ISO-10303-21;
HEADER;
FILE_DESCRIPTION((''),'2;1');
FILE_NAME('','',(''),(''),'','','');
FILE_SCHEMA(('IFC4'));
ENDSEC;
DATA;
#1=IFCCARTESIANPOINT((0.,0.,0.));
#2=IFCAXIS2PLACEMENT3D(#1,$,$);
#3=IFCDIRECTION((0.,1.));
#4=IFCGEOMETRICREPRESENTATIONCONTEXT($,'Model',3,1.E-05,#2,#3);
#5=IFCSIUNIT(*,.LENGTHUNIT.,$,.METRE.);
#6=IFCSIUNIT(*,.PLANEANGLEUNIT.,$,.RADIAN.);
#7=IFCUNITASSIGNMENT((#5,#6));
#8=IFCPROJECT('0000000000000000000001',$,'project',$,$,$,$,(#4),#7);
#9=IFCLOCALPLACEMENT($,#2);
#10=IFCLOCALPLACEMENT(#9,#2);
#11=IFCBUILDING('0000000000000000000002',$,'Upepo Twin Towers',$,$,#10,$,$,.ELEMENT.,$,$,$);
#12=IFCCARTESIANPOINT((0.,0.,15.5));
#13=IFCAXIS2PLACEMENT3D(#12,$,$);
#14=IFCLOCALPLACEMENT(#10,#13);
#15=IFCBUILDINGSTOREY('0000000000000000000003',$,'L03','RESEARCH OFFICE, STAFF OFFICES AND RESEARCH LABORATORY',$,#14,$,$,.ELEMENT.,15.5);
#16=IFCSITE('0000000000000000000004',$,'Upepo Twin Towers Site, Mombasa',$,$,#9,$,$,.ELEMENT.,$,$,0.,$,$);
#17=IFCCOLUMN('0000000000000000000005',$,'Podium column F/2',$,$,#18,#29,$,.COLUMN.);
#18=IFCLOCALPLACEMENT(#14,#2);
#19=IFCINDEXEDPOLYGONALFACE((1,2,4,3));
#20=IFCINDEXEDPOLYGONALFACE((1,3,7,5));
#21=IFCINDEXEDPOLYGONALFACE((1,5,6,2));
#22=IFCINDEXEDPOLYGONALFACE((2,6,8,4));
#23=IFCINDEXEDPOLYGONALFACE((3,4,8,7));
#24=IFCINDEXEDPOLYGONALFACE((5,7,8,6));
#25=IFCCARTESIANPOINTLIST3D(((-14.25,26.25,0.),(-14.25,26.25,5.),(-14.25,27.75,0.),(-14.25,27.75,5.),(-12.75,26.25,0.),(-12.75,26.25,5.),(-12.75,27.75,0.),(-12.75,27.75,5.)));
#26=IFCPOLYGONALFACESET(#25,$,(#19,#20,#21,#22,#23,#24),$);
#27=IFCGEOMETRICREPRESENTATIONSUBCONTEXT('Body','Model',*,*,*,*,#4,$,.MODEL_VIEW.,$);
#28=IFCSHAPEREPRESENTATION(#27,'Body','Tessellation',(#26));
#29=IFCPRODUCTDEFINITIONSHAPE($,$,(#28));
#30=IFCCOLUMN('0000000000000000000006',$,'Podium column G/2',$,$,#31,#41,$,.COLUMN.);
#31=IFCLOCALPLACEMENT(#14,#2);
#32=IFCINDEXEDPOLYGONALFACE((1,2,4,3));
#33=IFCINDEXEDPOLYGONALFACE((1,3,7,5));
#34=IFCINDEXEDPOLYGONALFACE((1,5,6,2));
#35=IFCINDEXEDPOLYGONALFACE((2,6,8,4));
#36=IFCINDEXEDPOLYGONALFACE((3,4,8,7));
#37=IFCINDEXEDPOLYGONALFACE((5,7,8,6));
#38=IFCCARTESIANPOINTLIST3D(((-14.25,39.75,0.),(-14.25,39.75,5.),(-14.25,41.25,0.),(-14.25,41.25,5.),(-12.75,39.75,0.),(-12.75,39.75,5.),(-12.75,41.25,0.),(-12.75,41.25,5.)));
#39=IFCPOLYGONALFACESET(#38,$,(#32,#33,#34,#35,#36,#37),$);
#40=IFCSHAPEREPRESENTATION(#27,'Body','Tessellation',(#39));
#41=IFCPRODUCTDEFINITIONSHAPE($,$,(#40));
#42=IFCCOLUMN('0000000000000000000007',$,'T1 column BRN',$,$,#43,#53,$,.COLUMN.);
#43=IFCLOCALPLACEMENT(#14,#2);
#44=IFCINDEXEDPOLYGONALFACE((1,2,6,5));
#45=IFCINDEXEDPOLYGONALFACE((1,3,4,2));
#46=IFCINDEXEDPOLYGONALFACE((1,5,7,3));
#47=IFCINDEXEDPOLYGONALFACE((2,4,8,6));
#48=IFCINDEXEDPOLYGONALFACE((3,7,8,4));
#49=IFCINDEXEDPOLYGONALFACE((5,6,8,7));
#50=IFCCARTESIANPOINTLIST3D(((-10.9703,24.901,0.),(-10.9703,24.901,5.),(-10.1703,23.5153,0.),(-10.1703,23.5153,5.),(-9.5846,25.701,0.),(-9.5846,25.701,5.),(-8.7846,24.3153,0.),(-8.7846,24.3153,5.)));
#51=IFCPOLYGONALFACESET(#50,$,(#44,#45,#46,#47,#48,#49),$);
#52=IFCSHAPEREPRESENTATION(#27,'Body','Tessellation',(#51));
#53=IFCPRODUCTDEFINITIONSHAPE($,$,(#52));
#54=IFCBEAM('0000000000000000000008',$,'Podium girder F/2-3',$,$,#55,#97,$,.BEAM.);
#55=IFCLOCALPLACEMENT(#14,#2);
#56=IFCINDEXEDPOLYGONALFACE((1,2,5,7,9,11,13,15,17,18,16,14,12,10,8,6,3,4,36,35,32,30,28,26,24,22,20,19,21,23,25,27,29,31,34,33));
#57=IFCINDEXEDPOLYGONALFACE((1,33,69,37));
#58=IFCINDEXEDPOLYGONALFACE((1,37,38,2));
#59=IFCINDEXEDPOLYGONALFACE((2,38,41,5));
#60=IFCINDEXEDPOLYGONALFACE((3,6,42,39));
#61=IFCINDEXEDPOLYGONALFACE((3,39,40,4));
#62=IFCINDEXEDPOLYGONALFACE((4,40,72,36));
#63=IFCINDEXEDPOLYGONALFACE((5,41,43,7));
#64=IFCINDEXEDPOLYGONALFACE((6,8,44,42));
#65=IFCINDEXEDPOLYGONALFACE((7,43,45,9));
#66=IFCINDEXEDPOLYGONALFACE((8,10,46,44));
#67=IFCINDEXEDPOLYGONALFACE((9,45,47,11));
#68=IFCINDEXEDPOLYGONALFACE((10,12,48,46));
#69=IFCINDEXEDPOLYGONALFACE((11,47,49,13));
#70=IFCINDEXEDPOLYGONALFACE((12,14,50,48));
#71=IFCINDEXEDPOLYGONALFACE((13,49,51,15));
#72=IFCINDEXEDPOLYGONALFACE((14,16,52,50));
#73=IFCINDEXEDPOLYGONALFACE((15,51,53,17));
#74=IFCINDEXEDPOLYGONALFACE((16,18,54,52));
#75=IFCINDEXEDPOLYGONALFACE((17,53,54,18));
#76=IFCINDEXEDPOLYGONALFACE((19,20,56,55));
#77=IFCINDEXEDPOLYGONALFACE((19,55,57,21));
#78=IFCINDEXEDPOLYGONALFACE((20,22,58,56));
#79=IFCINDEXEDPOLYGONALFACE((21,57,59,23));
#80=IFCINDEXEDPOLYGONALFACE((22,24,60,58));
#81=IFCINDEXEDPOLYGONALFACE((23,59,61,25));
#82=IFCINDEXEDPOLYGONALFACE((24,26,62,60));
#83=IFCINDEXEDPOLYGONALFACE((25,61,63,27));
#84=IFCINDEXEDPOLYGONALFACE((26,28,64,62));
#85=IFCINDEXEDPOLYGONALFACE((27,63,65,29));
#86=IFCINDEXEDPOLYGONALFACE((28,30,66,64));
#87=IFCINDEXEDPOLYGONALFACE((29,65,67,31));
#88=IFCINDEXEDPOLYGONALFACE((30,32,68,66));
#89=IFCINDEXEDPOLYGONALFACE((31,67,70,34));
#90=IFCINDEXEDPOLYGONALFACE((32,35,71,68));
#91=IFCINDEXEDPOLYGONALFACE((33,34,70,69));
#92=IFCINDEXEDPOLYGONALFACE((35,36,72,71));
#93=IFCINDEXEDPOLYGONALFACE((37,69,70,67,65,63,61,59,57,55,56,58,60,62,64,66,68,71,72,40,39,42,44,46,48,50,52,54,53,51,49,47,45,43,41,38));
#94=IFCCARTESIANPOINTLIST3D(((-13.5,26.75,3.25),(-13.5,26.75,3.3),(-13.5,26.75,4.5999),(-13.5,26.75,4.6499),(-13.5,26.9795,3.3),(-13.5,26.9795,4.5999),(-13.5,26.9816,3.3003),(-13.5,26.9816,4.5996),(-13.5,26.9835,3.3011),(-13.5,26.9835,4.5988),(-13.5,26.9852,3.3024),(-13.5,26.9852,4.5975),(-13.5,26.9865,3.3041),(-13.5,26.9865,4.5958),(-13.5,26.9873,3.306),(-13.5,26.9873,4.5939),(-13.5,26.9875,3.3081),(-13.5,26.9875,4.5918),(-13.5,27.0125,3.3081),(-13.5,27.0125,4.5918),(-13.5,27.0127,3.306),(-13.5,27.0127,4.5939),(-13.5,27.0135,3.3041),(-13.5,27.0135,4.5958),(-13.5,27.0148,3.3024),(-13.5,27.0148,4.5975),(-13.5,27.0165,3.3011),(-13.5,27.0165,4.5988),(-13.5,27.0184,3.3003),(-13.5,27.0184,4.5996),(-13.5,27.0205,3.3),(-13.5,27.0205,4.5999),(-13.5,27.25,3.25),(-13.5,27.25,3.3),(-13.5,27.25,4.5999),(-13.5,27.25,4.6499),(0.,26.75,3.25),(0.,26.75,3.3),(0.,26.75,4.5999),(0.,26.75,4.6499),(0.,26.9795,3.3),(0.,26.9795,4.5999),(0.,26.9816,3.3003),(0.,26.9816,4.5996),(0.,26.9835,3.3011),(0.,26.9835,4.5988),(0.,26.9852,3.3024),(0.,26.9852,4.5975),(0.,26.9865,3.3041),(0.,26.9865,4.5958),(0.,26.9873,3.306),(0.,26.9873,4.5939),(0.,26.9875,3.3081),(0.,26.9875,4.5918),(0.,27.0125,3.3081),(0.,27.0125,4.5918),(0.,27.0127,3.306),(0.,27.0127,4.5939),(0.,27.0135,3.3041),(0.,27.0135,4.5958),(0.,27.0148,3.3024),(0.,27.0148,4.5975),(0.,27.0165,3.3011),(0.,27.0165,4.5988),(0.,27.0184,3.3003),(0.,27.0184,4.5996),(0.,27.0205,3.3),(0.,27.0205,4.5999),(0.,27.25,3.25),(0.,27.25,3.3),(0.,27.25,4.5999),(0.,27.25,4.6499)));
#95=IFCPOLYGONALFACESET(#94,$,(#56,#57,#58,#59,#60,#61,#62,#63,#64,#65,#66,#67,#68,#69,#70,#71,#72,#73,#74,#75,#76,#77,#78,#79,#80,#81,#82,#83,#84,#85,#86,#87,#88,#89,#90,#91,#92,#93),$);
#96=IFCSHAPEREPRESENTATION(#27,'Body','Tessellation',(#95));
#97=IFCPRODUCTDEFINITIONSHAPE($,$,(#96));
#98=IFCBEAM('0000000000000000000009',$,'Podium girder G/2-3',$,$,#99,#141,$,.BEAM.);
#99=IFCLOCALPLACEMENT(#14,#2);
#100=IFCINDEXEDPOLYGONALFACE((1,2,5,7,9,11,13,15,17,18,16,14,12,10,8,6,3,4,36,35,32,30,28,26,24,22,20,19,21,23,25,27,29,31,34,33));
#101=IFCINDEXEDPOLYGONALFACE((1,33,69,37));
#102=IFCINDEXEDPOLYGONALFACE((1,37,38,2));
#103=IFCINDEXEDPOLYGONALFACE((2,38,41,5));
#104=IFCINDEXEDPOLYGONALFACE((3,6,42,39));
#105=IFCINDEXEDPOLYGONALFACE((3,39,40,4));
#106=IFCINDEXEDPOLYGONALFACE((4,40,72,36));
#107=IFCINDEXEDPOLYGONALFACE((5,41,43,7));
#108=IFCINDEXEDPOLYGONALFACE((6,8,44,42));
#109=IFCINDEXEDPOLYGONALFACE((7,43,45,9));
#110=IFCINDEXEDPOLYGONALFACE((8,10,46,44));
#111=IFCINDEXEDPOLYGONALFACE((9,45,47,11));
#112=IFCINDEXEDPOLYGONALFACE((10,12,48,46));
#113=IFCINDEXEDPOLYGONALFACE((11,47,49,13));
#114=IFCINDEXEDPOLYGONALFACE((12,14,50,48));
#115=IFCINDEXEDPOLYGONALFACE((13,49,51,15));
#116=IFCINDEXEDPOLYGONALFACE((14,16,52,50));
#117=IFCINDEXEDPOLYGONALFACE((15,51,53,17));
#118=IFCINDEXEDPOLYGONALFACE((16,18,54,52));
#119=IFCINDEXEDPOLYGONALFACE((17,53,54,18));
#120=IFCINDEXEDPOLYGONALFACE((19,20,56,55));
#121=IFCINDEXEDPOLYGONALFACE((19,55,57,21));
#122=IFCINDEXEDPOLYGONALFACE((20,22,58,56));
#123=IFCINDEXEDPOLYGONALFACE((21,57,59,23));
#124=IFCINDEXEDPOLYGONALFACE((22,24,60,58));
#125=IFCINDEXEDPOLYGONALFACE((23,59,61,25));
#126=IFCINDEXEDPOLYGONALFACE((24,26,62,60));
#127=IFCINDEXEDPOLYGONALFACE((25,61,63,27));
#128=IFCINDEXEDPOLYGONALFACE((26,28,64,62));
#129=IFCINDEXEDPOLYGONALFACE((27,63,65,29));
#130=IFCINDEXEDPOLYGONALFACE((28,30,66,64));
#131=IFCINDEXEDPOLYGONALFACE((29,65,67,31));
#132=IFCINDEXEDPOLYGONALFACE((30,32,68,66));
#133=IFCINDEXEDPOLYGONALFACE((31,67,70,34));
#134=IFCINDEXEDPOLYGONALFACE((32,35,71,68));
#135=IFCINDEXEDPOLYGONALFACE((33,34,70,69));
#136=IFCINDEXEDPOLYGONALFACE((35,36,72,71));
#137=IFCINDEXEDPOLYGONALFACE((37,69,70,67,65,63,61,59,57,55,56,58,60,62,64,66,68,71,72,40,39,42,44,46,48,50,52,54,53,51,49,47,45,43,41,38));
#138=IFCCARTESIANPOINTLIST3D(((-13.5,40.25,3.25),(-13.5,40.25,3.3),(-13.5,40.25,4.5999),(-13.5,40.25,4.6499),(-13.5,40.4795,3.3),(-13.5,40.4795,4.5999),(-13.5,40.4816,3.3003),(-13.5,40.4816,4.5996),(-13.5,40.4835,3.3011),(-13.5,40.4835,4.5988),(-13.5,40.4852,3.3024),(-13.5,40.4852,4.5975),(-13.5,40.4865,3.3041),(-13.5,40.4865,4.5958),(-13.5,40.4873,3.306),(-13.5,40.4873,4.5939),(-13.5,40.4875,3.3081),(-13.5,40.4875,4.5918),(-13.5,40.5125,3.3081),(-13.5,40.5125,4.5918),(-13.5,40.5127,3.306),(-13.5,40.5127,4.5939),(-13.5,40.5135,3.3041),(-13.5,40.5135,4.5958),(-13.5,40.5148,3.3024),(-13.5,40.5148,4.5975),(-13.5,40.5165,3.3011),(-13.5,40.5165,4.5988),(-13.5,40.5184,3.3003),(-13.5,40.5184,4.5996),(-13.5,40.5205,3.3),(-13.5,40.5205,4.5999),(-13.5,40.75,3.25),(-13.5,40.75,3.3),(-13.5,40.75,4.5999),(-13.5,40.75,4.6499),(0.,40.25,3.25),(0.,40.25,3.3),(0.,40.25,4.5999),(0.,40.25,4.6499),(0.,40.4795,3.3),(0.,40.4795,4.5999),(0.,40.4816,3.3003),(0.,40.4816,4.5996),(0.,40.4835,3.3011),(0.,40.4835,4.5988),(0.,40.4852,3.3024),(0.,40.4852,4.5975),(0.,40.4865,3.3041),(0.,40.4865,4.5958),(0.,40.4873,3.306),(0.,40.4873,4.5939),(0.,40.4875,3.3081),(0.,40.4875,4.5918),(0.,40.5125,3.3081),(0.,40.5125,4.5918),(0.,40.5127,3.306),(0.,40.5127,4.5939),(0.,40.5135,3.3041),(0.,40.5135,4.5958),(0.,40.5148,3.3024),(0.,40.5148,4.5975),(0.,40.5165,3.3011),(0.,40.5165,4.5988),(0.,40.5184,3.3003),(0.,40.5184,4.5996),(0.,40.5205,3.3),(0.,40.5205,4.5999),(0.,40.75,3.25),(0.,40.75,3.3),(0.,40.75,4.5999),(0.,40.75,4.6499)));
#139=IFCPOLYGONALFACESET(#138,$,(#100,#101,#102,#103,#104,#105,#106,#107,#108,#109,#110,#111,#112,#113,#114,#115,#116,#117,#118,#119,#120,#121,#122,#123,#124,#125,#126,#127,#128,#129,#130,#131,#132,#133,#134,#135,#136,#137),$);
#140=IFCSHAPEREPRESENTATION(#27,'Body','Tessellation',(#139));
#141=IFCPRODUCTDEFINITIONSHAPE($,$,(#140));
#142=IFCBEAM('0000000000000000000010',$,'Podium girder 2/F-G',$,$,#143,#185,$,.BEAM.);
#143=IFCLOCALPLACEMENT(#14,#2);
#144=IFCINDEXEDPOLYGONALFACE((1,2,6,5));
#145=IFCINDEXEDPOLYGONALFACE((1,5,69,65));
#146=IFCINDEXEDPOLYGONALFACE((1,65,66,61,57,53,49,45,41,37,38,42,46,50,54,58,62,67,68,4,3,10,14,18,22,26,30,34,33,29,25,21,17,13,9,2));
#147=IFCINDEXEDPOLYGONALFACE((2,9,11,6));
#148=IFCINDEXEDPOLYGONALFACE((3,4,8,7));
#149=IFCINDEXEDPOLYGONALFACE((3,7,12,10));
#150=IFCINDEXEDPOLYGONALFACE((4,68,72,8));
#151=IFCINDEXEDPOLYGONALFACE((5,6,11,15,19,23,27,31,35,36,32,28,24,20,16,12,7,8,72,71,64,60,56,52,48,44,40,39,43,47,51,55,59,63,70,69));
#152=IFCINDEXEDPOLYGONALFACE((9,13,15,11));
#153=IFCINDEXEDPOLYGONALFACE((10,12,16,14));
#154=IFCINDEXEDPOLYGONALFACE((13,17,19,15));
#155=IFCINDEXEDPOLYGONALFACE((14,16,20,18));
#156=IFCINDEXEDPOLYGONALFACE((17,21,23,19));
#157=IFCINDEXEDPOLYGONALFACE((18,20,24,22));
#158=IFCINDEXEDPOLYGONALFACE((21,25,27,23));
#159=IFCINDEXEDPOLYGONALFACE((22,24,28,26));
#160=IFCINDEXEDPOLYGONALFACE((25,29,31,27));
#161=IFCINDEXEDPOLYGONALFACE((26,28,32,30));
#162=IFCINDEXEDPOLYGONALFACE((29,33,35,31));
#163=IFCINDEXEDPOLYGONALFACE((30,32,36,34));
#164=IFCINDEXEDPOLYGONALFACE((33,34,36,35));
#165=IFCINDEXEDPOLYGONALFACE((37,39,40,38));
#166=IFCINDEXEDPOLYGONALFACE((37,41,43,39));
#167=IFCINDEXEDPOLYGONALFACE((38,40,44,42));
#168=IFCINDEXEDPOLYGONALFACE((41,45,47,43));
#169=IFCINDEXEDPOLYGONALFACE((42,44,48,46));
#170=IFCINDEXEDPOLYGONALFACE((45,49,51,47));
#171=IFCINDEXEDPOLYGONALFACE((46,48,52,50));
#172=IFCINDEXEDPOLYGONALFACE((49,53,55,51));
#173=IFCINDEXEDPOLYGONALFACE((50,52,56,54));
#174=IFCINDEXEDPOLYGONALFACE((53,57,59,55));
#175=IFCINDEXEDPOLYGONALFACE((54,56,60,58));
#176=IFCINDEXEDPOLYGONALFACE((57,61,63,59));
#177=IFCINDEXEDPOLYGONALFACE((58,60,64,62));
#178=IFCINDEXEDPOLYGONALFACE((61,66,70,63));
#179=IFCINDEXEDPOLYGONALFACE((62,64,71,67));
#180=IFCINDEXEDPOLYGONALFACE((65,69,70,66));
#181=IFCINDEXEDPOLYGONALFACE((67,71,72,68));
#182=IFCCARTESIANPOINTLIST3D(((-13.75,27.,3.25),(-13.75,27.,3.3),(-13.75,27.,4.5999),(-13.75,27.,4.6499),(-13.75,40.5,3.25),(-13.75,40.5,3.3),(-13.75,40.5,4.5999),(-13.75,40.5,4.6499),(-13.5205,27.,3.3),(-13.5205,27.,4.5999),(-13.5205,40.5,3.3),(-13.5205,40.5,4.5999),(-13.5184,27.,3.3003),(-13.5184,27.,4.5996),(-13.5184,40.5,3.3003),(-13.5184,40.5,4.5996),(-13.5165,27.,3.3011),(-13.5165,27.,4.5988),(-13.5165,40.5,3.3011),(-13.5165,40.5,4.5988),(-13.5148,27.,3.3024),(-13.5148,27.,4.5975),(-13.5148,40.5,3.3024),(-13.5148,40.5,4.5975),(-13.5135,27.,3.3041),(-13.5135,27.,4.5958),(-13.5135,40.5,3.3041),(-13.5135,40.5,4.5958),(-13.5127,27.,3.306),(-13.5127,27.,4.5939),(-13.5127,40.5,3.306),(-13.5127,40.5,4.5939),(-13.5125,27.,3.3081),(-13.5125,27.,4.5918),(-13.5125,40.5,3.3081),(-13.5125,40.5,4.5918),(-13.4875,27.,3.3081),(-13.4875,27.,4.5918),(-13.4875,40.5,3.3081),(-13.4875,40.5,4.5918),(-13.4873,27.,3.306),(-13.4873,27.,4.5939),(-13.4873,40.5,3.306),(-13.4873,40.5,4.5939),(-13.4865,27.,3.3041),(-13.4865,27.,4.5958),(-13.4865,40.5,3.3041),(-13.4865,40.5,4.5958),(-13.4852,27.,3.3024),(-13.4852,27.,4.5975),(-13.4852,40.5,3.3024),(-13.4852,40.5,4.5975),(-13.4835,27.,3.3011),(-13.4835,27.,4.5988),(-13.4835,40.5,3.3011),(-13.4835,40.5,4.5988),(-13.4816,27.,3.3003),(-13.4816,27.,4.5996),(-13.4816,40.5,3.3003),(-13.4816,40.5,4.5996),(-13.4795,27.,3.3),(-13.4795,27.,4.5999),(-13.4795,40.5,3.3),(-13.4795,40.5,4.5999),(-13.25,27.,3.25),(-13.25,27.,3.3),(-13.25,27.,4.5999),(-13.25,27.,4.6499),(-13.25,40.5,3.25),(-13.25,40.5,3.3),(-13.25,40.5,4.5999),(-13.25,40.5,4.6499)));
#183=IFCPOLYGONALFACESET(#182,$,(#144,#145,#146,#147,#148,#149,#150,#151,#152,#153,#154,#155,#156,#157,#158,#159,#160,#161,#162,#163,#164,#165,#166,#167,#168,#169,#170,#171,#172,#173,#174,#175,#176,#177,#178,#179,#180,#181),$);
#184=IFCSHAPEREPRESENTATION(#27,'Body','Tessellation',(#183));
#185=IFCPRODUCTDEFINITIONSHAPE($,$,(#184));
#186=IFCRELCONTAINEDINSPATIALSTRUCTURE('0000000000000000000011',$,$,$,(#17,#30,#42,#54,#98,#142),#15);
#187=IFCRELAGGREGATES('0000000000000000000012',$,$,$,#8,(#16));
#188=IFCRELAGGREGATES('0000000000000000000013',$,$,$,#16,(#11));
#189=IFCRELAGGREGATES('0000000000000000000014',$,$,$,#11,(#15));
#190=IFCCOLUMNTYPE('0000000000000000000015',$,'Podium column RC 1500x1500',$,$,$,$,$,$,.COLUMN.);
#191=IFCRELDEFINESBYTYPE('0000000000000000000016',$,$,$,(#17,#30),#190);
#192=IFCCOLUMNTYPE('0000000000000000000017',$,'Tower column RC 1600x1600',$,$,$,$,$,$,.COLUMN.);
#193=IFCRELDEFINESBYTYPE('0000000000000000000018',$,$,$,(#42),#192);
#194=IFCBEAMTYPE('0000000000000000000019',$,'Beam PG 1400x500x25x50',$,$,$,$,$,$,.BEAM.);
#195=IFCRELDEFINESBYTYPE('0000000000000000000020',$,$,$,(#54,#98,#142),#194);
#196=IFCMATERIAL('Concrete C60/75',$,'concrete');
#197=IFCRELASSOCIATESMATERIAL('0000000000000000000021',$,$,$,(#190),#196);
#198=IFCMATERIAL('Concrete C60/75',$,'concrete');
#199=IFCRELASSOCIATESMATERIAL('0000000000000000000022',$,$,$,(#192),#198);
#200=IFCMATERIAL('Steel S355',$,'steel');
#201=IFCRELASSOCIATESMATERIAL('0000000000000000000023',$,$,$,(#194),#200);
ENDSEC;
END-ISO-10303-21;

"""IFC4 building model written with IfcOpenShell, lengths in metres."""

from ifc_helpers import new_model, si_unit, direction, frame, origin, origin_2d, place, context, subcontext, project, spatial, rectangle, i_section, extrude, material, material_profile, profile_set, type_object, element, save


model = new_model("IFC4")

# Units and contexts
model_context = context("Model", 3, precision=1e-05, world=origin(), true_north=direction((0.0, 1.0)))
body_context = subcontext(model_context, "Body", "Model", "MODEL_VIEW")
ifc_project = project(units=[si_unit("LENGTHUNIT", "METRE"), si_unit("PLANEANGLEUNIT", "RADIAN")], contexts=[model_context])

# Site, building, storey
site_placement = place(None, origin())
site = spatial("IfcSite", under=ifc_project, at=site_placement, Name="Upepo Twin Towers Site, Mombasa", CompositionType="ELEMENT", RefElevation=0.0)
building_placement = place(site_placement, origin())
building = spatial("IfcBuilding", under=site, at=building_placement, Name="Upepo Twin Towers", CompositionType="ELEMENT")
storey_placement = place(building_placement, frame((0.0, 0.0, 15.5)))
storey = spatial("IfcBuildingStorey", under=building, at=storey_placement, Name="L03", Description="RESEARCH OFFICE, STAFF OFFICES AND RESEARCH LABORATORY", CompositionType="ELEMENT", Elevation=15.5)

# Columns
ifc_material_1 = material(Name="Concrete C60/75", Category="concrete")
ifc_material_profile_1 = material_profile(ifc_material_1, rectangle(XDim=1.5, YDim=1.5, at=origin_2d()), Name="RC 1500x1500")
ifc_profile_set_1 = profile_set([ifc_material_profile_1], Name="Concrete C60/75")
column_type_1 = type_object("IfcColumnType", Name="Podium column RC 1500x1500", PredefinedType="COLUMN", material=ifc_profile_set_1)
for number, where, z_axis, x_axis, name in (
    (1, (-13.5, 27.0, 0.0), (0.0, 0.0, 1.0), (1.0, 0.0, 0.0), "Podium column F/2"),
    (2, (-13.5, 40.5, 0.0), (0.0, 0.0, 1.0), (1.0, 0.0, 0.0), "Podium column G/2"),
):
    element("IfcColumn", number, at=place(storey_placement, frame(where, z_axis=z_axis, x_axis=x_axis)), inside=storey, type_object=column_type_1, Name=name, PredefinedType="COLUMN", context=body_context, shape_type="SweptSolid", body=[
        extrude(rectangle(XDim=1.5, YDim=1.5, at=origin_2d()), origin(), (0.0, 0.0, 1.0), 5.0),
    ])
ifc_material_2 = material(Name="Concrete C60/75", Category="concrete")
ifc_material_profile_2 = material_profile(ifc_material_2, rectangle(XDim=1.6001, YDim=1.6001, at=origin_2d()), Name="RC 1600x1600")
ifc_profile_set_2 = profile_set([ifc_material_profile_2], Name="Concrete C60/75")
column_type_2 = type_object("IfcColumnType", Name="Tower column RC 1600x1600", PredefinedType="COLUMN", material=ifc_profile_set_2)
column_placement = place(storey_placement, frame((-9.8774, 24.6082, 0.0), z_axis=(0.0, 0.0, 1.0), x_axis=(0.866025, 0.5, 0.0)))
element("IfcColumn", 3, at=column_placement, inside=storey, type_object=column_type_2, Name="T1 column BRN", PredefinedType="COLUMN", context=body_context, shape_type="SweptSolid", body=[
    extrude(rectangle(XDim=1.6001, YDim=1.6001, at=origin_2d()), origin(), (0.0, 0.0, 1.0), 5.0),
])

# Beams
ifc_material_3 = material(Name="Steel S355", Category="steel")
ifc_material_profile_3 = material_profile(ifc_material_3, i_section(OverallWidth=0.5, OverallDepth=1.3999, WebThickness=0.0249, FlangeThickness=0.05, FilletRadius=0.0081, at=origin_2d()), Name="PG 1400x500x25x50")
ifc_profile_set_3 = profile_set([ifc_material_profile_3], Name="Steel S355")
beam_type_1 = type_object("IfcBeamType", Name="Beam PG 1400x500x25x50", PredefinedType="BEAM", material=ifc_profile_set_3)
for number, where, z_axis, x_axis, name in (
    (4, (-13.5, 27.0, 3.95), (1.0, 0.0, 0.0), (0.0, 1.0, 0.0), "Podium girder F/2-3"),
    (5, (-13.5, 40.5, 3.95), (1.0, 0.0, 0.0), (0.0, 1.0, 0.0), "Podium girder G/2-3"),
    (6, (-13.5, 27.0, 3.95), (0.0, 1.0, 0.0), (-1.0, 0.0, 0.0), "Podium girder 2/F-G"),
):
    element("IfcBeam", number, at=place(storey_placement, frame(where, z_axis=z_axis, x_axis=x_axis)), inside=storey, type_object=beam_type_1, Name=name, PredefinedType="BEAM", context=body_context, shape_type="SweptSolid", body=[
        extrude(i_section(OverallWidth=0.5, OverallDepth=1.3999, WebThickness=0.0249, FlangeThickness=0.05, FilletRadius=0.0081, at=origin_2d()), origin(), (0.0, 0.0, 1.0), 13.5),
    ])

save(model, "model.ifc")
